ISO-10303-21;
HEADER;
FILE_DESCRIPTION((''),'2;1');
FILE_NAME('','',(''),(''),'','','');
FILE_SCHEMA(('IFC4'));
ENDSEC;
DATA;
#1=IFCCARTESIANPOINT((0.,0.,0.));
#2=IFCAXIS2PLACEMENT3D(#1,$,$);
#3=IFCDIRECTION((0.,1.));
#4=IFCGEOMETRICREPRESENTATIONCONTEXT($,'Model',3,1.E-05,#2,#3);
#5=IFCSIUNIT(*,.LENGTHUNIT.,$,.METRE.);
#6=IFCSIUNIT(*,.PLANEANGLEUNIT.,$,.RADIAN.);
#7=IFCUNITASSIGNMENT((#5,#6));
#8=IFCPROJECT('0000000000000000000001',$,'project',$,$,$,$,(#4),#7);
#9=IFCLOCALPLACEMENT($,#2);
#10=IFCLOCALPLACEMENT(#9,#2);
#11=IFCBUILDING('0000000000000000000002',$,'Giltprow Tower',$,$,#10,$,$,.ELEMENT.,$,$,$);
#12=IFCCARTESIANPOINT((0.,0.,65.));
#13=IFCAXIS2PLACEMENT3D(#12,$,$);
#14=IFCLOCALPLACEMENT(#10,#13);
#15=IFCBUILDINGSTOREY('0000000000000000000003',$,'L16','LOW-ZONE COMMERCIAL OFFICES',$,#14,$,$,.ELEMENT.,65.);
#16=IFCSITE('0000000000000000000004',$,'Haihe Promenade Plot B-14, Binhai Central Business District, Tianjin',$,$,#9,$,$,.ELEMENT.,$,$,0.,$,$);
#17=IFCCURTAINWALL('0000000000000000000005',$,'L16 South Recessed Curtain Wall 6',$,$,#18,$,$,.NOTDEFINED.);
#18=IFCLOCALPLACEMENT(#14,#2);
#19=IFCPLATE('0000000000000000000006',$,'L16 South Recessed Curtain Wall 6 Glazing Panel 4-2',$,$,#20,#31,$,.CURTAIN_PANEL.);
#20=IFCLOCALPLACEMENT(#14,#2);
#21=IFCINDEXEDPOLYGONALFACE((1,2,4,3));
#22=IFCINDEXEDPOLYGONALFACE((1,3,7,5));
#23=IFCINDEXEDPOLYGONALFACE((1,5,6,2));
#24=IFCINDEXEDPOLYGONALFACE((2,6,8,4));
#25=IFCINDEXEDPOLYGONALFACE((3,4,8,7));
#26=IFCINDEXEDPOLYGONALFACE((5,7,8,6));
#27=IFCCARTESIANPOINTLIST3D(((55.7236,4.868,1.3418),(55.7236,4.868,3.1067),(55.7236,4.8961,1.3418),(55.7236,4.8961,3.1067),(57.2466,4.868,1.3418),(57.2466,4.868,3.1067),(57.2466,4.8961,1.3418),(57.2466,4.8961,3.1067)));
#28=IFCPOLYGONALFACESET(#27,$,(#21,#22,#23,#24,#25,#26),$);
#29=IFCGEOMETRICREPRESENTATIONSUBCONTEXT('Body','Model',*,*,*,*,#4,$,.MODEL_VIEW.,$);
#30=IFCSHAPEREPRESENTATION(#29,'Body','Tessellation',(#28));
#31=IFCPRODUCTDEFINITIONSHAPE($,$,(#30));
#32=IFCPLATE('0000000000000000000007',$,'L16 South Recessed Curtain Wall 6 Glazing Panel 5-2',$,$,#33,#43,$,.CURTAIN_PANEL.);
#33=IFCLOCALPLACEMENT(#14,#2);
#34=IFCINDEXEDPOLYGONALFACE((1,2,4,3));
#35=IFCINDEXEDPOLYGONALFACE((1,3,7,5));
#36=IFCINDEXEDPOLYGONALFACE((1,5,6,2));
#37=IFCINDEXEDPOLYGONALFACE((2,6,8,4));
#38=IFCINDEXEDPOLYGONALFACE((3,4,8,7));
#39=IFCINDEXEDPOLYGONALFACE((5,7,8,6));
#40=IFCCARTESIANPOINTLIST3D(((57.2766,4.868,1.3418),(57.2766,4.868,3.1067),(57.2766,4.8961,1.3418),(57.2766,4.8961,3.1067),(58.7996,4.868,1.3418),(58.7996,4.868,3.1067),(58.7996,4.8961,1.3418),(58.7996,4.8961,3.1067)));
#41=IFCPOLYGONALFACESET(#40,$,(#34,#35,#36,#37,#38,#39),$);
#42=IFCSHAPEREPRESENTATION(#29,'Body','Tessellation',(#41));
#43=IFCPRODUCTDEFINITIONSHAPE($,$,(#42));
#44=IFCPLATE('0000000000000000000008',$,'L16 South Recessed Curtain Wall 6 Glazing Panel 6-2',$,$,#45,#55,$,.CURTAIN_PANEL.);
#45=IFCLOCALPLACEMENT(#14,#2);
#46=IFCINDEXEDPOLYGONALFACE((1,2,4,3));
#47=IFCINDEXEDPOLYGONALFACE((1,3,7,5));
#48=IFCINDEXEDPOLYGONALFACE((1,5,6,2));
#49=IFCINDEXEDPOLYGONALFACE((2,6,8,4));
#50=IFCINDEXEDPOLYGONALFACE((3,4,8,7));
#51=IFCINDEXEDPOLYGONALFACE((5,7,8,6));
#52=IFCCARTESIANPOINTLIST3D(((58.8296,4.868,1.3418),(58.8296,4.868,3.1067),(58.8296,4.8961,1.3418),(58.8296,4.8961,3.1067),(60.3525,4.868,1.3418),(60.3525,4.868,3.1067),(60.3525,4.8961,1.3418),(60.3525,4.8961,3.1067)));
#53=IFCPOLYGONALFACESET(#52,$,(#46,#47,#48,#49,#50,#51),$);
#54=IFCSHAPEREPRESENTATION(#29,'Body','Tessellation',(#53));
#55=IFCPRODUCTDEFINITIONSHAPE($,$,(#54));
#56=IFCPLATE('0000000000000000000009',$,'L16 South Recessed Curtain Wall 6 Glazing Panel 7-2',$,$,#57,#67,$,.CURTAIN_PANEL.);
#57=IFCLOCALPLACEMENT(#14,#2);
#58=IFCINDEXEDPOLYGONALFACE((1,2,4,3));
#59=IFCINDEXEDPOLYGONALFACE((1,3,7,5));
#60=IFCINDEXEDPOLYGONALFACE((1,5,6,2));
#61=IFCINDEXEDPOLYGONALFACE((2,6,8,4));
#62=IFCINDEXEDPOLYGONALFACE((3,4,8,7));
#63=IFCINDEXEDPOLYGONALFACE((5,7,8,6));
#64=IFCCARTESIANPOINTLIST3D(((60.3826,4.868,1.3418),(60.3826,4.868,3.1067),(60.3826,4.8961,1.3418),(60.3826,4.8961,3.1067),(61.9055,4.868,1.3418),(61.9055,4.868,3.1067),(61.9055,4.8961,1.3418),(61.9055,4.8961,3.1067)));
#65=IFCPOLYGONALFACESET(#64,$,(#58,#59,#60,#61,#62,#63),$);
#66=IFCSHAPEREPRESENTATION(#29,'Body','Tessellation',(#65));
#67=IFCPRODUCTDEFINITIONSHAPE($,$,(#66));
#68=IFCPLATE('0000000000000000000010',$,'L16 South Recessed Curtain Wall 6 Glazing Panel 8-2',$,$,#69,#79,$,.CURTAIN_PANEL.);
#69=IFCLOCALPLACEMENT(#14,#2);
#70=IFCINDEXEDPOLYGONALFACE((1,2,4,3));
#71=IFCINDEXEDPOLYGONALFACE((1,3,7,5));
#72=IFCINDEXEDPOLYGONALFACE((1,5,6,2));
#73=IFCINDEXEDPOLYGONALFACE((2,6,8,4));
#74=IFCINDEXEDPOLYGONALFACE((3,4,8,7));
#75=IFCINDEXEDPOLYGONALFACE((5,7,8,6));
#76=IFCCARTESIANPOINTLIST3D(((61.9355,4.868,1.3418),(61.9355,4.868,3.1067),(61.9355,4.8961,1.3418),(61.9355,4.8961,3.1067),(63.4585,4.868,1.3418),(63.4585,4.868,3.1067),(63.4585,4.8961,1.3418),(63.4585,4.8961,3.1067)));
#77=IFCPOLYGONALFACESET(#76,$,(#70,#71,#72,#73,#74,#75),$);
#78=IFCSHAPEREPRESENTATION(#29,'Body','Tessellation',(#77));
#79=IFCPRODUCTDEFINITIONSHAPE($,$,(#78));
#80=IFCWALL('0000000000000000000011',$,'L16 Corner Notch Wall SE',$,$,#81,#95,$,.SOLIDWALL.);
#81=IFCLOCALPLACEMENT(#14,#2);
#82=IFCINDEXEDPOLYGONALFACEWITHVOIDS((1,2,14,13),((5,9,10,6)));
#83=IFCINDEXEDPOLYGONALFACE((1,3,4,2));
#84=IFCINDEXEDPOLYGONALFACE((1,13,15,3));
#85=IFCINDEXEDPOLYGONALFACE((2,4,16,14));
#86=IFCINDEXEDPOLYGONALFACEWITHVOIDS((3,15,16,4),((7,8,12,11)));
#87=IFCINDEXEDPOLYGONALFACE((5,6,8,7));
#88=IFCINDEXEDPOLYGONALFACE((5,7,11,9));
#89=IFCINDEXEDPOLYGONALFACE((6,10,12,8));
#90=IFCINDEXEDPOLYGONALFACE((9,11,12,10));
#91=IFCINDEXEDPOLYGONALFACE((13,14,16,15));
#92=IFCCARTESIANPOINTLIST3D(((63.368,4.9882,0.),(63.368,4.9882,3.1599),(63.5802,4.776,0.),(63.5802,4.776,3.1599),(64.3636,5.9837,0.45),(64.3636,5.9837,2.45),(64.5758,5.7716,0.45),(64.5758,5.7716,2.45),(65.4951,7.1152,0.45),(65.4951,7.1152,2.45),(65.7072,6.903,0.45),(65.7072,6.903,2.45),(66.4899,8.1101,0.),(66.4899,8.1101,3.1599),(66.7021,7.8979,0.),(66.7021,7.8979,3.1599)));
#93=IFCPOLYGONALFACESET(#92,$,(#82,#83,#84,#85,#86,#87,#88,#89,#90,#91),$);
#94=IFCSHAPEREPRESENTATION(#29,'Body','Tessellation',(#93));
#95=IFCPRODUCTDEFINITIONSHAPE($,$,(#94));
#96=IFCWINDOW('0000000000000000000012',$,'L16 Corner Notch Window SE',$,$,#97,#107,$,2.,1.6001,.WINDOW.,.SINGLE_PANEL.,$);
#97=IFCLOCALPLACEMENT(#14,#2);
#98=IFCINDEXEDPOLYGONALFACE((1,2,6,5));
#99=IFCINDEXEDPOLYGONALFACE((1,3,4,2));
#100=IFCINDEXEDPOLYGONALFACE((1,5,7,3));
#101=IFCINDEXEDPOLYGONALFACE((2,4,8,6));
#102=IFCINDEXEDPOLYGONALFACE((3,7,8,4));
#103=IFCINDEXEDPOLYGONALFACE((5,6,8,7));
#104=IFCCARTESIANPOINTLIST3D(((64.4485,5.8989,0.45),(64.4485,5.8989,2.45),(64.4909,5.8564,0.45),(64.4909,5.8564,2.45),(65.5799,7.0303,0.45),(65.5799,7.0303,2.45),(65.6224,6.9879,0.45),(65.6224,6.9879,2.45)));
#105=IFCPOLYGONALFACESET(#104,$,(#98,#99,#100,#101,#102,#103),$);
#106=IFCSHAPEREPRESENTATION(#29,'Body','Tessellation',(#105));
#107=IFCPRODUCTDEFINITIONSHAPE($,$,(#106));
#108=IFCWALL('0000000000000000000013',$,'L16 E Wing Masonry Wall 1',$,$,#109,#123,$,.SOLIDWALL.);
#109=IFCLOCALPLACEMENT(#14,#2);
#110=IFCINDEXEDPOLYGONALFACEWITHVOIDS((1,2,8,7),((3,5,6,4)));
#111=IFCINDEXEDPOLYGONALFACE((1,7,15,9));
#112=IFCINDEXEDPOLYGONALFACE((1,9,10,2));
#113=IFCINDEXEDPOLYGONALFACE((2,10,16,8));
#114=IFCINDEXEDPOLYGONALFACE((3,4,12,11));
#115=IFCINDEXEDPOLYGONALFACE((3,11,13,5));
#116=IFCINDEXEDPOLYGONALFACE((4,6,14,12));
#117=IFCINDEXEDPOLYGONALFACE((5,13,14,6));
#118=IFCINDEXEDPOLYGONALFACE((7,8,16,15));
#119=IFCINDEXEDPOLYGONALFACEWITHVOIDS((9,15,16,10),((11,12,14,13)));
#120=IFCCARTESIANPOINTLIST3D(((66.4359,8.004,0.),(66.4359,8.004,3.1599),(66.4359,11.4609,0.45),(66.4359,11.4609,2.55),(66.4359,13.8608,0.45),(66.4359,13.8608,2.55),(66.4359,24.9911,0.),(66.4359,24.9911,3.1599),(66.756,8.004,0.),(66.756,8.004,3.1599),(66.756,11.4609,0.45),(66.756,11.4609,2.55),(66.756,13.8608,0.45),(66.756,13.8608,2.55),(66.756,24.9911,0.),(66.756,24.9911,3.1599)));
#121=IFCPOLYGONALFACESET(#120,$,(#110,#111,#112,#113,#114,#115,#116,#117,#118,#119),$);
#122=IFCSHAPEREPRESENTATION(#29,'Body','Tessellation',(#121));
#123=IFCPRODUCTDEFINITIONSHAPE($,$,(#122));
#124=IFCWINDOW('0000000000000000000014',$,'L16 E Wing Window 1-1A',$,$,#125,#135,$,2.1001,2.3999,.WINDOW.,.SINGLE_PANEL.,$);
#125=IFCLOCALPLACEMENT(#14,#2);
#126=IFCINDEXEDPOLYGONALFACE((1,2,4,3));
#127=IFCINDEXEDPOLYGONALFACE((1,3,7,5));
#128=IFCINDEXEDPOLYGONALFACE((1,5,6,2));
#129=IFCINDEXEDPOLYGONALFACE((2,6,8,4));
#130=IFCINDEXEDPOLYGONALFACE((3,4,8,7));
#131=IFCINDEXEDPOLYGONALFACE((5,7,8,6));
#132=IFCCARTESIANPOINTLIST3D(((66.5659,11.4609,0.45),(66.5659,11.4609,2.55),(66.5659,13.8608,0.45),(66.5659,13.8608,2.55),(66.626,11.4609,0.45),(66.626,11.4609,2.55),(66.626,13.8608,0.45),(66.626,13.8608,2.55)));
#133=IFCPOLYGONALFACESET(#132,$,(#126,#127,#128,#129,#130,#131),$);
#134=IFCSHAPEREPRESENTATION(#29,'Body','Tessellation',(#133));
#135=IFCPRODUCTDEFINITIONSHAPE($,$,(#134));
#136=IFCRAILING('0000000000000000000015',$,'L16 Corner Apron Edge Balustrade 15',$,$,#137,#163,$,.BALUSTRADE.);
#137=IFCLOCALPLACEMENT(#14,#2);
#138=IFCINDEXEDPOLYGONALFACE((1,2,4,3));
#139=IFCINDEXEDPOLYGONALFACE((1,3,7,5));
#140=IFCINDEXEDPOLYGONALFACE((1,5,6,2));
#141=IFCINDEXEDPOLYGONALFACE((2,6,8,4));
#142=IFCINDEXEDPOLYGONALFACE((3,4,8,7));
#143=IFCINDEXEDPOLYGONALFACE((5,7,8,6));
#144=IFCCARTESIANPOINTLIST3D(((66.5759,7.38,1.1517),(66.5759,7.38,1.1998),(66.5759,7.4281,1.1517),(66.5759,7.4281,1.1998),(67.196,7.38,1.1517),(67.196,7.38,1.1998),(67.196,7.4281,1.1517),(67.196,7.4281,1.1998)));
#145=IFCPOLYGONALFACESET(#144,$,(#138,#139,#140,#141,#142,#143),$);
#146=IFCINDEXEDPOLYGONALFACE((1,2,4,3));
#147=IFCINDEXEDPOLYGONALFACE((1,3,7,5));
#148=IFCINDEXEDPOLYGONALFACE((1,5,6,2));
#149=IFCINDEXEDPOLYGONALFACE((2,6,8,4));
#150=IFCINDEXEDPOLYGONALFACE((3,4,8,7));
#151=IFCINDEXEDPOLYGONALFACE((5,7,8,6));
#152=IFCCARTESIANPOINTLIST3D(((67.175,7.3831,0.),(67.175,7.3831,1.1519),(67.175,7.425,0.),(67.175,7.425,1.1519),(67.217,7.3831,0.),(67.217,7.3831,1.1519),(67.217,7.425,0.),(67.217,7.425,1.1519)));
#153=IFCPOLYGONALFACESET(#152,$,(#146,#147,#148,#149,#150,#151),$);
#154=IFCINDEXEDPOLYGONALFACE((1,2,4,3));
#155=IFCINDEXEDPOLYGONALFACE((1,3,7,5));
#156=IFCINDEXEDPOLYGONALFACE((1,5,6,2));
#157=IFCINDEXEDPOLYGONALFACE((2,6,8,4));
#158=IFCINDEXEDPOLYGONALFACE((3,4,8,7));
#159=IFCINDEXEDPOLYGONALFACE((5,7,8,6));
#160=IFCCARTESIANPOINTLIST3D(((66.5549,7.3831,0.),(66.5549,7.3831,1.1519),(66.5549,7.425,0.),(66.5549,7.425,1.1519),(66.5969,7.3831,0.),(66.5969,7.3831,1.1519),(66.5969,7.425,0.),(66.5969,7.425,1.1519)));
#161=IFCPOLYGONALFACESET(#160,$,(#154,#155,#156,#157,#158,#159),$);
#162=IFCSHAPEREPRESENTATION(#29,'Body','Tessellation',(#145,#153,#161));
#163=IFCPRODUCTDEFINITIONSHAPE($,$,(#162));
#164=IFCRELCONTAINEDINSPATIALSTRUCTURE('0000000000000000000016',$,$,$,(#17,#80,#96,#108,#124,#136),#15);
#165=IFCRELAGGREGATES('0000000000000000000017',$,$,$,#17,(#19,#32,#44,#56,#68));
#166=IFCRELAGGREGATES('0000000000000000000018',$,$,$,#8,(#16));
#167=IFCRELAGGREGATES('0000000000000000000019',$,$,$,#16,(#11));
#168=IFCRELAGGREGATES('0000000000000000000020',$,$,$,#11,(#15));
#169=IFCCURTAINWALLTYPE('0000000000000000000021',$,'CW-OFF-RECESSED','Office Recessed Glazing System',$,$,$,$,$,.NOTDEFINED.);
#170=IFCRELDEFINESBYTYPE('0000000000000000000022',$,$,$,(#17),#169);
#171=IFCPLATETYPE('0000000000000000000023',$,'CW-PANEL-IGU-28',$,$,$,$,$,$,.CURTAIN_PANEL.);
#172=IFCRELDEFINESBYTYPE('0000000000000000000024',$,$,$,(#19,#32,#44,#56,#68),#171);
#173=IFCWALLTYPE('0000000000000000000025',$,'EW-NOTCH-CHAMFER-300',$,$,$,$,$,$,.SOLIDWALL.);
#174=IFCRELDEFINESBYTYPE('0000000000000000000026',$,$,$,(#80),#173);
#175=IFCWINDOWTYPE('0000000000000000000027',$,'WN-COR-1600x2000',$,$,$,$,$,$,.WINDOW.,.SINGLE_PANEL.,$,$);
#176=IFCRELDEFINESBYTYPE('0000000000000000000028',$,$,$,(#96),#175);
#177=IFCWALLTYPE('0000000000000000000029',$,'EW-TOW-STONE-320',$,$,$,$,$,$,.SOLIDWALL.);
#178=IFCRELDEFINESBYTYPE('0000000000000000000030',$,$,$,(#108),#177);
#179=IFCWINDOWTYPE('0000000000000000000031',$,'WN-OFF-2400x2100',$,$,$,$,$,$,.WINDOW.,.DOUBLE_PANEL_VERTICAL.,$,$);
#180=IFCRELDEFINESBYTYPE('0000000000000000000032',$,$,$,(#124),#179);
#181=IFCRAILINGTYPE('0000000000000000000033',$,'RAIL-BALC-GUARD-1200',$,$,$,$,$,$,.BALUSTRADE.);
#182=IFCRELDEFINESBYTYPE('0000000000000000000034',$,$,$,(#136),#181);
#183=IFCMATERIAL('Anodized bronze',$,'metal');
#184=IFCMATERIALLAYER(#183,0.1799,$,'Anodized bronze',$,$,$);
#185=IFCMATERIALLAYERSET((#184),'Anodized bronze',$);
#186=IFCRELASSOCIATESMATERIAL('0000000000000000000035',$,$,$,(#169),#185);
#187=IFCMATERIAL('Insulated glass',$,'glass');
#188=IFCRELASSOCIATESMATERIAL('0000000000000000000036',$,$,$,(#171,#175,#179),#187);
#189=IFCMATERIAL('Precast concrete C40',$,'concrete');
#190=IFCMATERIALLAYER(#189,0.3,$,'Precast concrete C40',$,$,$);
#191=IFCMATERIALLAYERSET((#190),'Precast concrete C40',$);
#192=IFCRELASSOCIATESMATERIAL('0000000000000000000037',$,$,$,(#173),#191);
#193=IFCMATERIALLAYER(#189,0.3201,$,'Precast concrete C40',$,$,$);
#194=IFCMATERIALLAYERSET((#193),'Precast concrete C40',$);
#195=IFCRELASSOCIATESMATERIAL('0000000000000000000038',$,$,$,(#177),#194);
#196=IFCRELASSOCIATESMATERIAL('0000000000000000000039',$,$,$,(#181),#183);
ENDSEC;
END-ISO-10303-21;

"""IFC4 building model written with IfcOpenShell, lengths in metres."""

from ifc_helpers import new_model, si_unit, direction, frame, frame_2d, origin, origin_2d, place, context, subcontext, project, spatial, rectangle, extrude, source, transform, mapped, material, layer, layer_set, type_object, element, fill, aggregate, save


model = new_model("IFC4")

# Units and contexts
model_context = context("Model", 3, precision=1e-05, world=origin(), true_north=direction((0.0, 1.0)))
body_context = subcontext(model_context, "Body", "Model", "MODEL_VIEW")
ifc_project = project(units=[si_unit("LENGTHUNIT", "METRE"), si_unit("PLANEANGLEUNIT", "RADIAN")], contexts=[model_context])

# Site, building, storey
site_placement = place(None, origin())
site = spatial("IfcSite", under=ifc_project, at=site_placement, Name="Haihe Promenade Plot B-14, Binhai Central Business District, Tianjin", CompositionType="ELEMENT", RefElevation=0.0)
building_placement = place(site_placement, origin())
building = spatial("IfcBuilding", under=site, at=building_placement, Name="Giltprow Tower", CompositionType="ELEMENT")
storey_placement = place(building_placement, frame((0.0, 0.0, 65.0)))
storey = spatial("IfcBuildingStorey", under=building, at=storey_placement, Name="L16", Description="LOW-ZONE COMMERCIAL OFFICES", CompositionType="ELEMENT", Elevation=65.0)

# Curtain wall, plates
ifc_material_1 = material(Name="Anodized bronze", Category="metal")
ifc_layer_1 = layer(ifc_material_1, 0.1799, Name="Anodized bronze")
ifc_layer_set_1 = layer_set([ifc_layer_1], Name="Anodized bronze")
curtain_wall_type = type_object("IfcCurtainWallType", Name="CW-OFF-RECESSED", Description="Office Recessed Glazing System", PredefinedType="NOTDEFINED", material=ifc_layer_set_1)
curtain_wall_placement = place(storey_placement, origin())
curtain_wall = element("IfcCurtainWall", 1, at=curtain_wall_placement, inside=storey, type_object=curtain_wall_type, Name="L16 South Recessed Curtain Wall 6", PredefinedType="NOTDEFINED")
ifc_material_2 = material(Name="Insulated glass", Category="glass")
plate_type = type_object("IfcPlateType", Name="CW-PANEL-IGU-28", PredefinedType="CURTAIN_PANEL", material=ifc_material_2)
shared_shape_1 = source(origin(), body_context, "Body", "SweptSolid", [
    extrude(rectangle(XDim=1.5229, YDim=0.0281, at=origin_2d()), origin(), (0.0, 0.0, 1.0), 1.7649),
])
plate_1_placement = place(storey_placement, frame((56.4851, 4.8821, 1.3418), z_axis=(0.0, 0.0, 1.0), x_axis=(1.0, 0.0, 0.0)))
plate_1 = element("IfcPlate", 2, at=plate_1_placement, type_object=plate_type, Name="L16 South Recessed Curtain Wall 6 Glazing Panel 4-2", PredefinedType="CURTAIN_PANEL", context=body_context, shape_type="MappedRepresentation", body=[
    mapped(shared_shape_1, transform((0.0, 0.0, 0.0), x_axis=(1.0, 0.0, 0.0), y_axis=(0.0, 1.0, 0.0), z_axis=(0.0, 0.0, 1.0), scale=1.0)),
])
plate_2_placement = place(storey_placement, frame((58.0381, 4.8821, 1.3418), z_axis=(0.0, 0.0, 1.0), x_axis=(1.0, 0.0, 0.0)))
plate_2 = element("IfcPlate", 3, at=plate_2_placement, type_object=plate_type, Name="L16 South Recessed Curtain Wall 6 Glazing Panel 5-2", PredefinedType="CURTAIN_PANEL", context=body_context, shape_type="MappedRepresentation", body=[
    mapped(shared_shape_1, transform((0.0, 0.0, 0.0), x_axis=(1.0, 0.0, 0.0), y_axis=(0.0, 1.0, 0.0), z_axis=(0.0, 0.0, 1.0), scale=1.0)),
])
plate_3_placement = place(storey_placement, frame((59.5911, 4.8821, 1.3418), z_axis=(0.0, 0.0, 1.0), x_axis=(1.0, 0.0, 0.0)))
plate_3 = element("IfcPlate", 4, at=plate_3_placement, type_object=plate_type, Name="L16 South Recessed Curtain Wall 6 Glazing Panel 6-2", PredefinedType="CURTAIN_PANEL", context=body_context, shape_type="MappedRepresentation", body=[
    mapped(shared_shape_1, transform((0.0, 0.0, 0.0), x_axis=(1.0, 0.0, 0.0), y_axis=(0.0, 1.0, 0.0), z_axis=(0.0, 0.0, 1.0), scale=1.0)),
])
plate_4_placement = place(storey_placement, frame((61.144, 4.8821, 1.3418), z_axis=(0.0, 0.0, 1.0), x_axis=(1.0, 0.0, 0.0)))
plate_4 = element("IfcPlate", 5, at=plate_4_placement, type_object=plate_type, Name="L16 South Recessed Curtain Wall 6 Glazing Panel 7-2", PredefinedType="CURTAIN_PANEL", context=body_context, shape_type="MappedRepresentation", body=[
    mapped(shared_shape_1, transform((0.0, 0.0, 0.0), x_axis=(1.0, 0.0, 0.0), y_axis=(0.0, 1.0, 0.0), z_axis=(0.0, 0.0, 1.0), scale=1.0)),
])
plate_5_placement = place(storey_placement, frame((62.697, 4.8821, 1.3418), z_axis=(0.0, 0.0, 1.0), x_axis=(1.0, 0.0, 0.0)))
plate_5 = element("IfcPlate", 6, at=plate_5_placement, type_object=plate_type, Name="L16 South Recessed Curtain Wall 6 Glazing Panel 8-2", PredefinedType="CURTAIN_PANEL", context=body_context, shape_type="MappedRepresentation", body=[
    mapped(shared_shape_1, transform((0.0, 0.0, 0.0), x_axis=(1.0, 0.0, 0.0), y_axis=(0.0, 1.0, 0.0), z_axis=(0.0, 0.0, 1.0), scale=1.0)),
])
aggregate(curtain_wall, [plate_1, plate_2, plate_3, plate_4, plate_5])

# Walls, openings, windows
ifc_material_3 = material(Name="Precast concrete C40", Category="concrete")
ifc_layer_2 = layer(ifc_material_3, 0.3, Name="Precast concrete C40")
ifc_layer_set_2 = layer_set([ifc_layer_2], Name="Precast concrete C40")
wall_type_1 = type_object("IfcWallType", Name="EW-NOTCH-CHAMFER-300", PredefinedType="SOLIDWALL", material=ifc_layer_set_2)
wall_1_placement = place(storey_placement, frame((63.4741, 4.8821, 0.0), z_axis=(0.0, 0.0, 1.0), x_axis=(0.707107, 0.707107, 0.0)))
wall_1 = element("IfcWall", 7, at=wall_1_placement, inside=storey, type_object=wall_type_1, Name="L16 Corner Notch Wall SE", PredefinedType="SOLIDWALL", context=body_context, shape_type="SweptSolid", body=[
    extrude(rectangle(XDim=4.415, YDim=0.3, at=frame_2d((2.2075, 0.0))), origin(), (0.0, 0.0, 1.0), 3.1599),
])
opening_1_placement = place(wall_1_placement, frame((1.408, 0.0, 0.45)))
opening_1 = element("IfcOpeningElement", 8, at=opening_1_placement, cuts=wall_1, PredefinedType="OPENING", context=body_context, shape_type="SweptSolid", body=[
    extrude(rectangle(XDim=1.6001, YDim=2.0, at=frame_2d((0.8, 1.0))), frame((0.0, 0.1599, 0.0), z_axis=(0.0, -1.0, 0.0), x_axis=(1.0, 0.0, 0.0)), (0.0, 0.0, 1.0), 0.3201),
])
window_type_1 = type_object("IfcWindowType", Name="WN-COR-1600x2000", PartitioningType="SINGLE_PANEL", PredefinedType="WINDOW", material=ifc_material_2)
shared_shape_2 = source(origin(), body_context, "Body", "SweptSolid", [
    extrude(rectangle(XDim=1.6001, YDim=2.0, at=frame_2d((0.8, 1.0))), frame((0.0, 0.03, 0.0), z_axis=(0.0, -1.0, 0.0), x_axis=(1.0, 0.0, 0.0)), (0.0, 0.0, 1.0), 0.0601),
])
window_1_placement = place(opening_1_placement, origin())
window_1 = element("IfcWindow", 9, at=window_1_placement, inside=storey, type_object=window_type_1, Name="L16 Corner Notch Window SE", OverallHeight=2.0, OverallWidth=1.6001, PartitioningType="SINGLE_PANEL", PredefinedType="WINDOW", context=body_context, shape_type="MappedRepresentation", body=[
    mapped(shared_shape_2, transform((0.0, 0.0, 0.0), x_axis=(1.0, 0.0, 0.0), y_axis=(0.0, 1.0, 0.0), z_axis=(0.0, 0.0, 1.0), scale=1.0)),
])
fill(opening_1, window_1)
ifc_layer_3 = layer(ifc_material_3, 0.3201, Name="Precast concrete C40")
ifc_layer_set_3 = layer_set([ifc_layer_3], Name="Precast concrete C40")
wall_type_2 = type_object("IfcWallType", Name="EW-TOW-STONE-320", PredefinedType="SOLIDWALL", material=ifc_layer_set_3)
wall_2_placement = place(storey_placement, frame((66.5959, 8.0039, 0.0), z_axis=(0.0, 0.0, 1.0), x_axis=(0.0, 1.0, 0.0)))
wall_2 = element("IfcWall", 10, at=wall_2_placement, inside=storey, type_object=wall_type_2, Name="L16 E Wing Masonry Wall 1", PredefinedType="SOLIDWALL", context=body_context, shape_type="SweptSolid", body=[
    extrude(rectangle(XDim=16.9871, YDim=0.3201, at=frame_2d((8.4937, 0.0))), origin(), (0.0, 0.0, 1.0), 3.1599),
])
opening_2_placement = place(wall_2_placement, frame((3.457, 0.0, 0.45)))
opening_2 = element("IfcOpeningElement", 11, at=opening_2_placement, cuts=wall_2, PredefinedType="OPENING", context=body_context, shape_type="SweptSolid", body=[
    extrude(rectangle(XDim=2.3999, YDim=2.1001, at=frame_2d((1.2, 1.05))), frame((0.0, 0.1699, 0.0), z_axis=(0.0, -1.0, 0.0), x_axis=(1.0, 0.0, 0.0)), (0.0, 0.0, 1.0), 0.3401),
])
window_type_2 = type_object("IfcWindowType", Name="WN-OFF-2400x2100", PartitioningType="DOUBLE_PANEL_VERTICAL", PredefinedType="WINDOW", material=ifc_material_2)
shared_shape_3 = source(origin(), body_context, "Body", "SweptSolid", [
    extrude(rectangle(XDim=2.3999, YDim=2.1001, at=frame_2d((1.2, 1.05))), frame((0.0, 0.03, 0.0), z_axis=(0.0, -1.0, 0.0), x_axis=(1.0, 0.0, 0.0)), (0.0, 0.0, 1.0), 0.0601),
])
window_2_placement = place(opening_2_placement, origin())
window_2 = element("IfcWindow", 12, at=window_2_placement, inside=storey, type_object=window_type_2, Name="L16 E Wing Window 1-1A", OverallHeight=2.1001, OverallWidth=2.3999, PartitioningType="SINGLE_PANEL", PredefinedType="WINDOW", context=body_context, shape_type="MappedRepresentation", body=[
    mapped(shared_shape_3, transform((0.0, 0.0, 0.0), x_axis=(1.0, 0.0, 0.0), y_axis=(0.0, 1.0, 0.0), z_axis=(0.0, 0.0, 1.0), scale=1.0)),
])
fill(opening_2, window_2)

# Railing
railing_type = type_object("IfcRailingType", Name="RAIL-BALC-GUARD-1200", PredefinedType="BALUSTRADE", material=ifc_material_1)
railing_1_placement = place(storey_placement, frame((67.196, 7.4041, 0.0)))
element("IfcRailing", 13, at=railing_1_placement, inside=storey, type_object=railing_type, Name="L16 Corner Apron Edge Balustrade 15", PredefinedType="BALUSTRADE", context=body_context, shape_type="SweptSolid", body=[
    extrude(rectangle(XDim=0.0481, YDim=0.0481, at=origin_2d()), frame((0.0, 0.0, 1.1758), z_axis=(-1.0, 0.0, 0.0), x_axis=(0.0, -1.0, 0.0)), (0.0, 0.0, 1.0), 0.6201),
    extrude(rectangle(XDim=0.042, YDim=0.042, at=origin_2d()), origin(), (0.0, 0.0, 1.0), 1.1519),
    extrude(rectangle(XDim=0.042, YDim=0.042, at=origin_2d()), frame((-0.6201, 0.0, 0.0)), (0.0, 0.0, 1.0), 1.1519),
])

save(model, "model.ifc")
